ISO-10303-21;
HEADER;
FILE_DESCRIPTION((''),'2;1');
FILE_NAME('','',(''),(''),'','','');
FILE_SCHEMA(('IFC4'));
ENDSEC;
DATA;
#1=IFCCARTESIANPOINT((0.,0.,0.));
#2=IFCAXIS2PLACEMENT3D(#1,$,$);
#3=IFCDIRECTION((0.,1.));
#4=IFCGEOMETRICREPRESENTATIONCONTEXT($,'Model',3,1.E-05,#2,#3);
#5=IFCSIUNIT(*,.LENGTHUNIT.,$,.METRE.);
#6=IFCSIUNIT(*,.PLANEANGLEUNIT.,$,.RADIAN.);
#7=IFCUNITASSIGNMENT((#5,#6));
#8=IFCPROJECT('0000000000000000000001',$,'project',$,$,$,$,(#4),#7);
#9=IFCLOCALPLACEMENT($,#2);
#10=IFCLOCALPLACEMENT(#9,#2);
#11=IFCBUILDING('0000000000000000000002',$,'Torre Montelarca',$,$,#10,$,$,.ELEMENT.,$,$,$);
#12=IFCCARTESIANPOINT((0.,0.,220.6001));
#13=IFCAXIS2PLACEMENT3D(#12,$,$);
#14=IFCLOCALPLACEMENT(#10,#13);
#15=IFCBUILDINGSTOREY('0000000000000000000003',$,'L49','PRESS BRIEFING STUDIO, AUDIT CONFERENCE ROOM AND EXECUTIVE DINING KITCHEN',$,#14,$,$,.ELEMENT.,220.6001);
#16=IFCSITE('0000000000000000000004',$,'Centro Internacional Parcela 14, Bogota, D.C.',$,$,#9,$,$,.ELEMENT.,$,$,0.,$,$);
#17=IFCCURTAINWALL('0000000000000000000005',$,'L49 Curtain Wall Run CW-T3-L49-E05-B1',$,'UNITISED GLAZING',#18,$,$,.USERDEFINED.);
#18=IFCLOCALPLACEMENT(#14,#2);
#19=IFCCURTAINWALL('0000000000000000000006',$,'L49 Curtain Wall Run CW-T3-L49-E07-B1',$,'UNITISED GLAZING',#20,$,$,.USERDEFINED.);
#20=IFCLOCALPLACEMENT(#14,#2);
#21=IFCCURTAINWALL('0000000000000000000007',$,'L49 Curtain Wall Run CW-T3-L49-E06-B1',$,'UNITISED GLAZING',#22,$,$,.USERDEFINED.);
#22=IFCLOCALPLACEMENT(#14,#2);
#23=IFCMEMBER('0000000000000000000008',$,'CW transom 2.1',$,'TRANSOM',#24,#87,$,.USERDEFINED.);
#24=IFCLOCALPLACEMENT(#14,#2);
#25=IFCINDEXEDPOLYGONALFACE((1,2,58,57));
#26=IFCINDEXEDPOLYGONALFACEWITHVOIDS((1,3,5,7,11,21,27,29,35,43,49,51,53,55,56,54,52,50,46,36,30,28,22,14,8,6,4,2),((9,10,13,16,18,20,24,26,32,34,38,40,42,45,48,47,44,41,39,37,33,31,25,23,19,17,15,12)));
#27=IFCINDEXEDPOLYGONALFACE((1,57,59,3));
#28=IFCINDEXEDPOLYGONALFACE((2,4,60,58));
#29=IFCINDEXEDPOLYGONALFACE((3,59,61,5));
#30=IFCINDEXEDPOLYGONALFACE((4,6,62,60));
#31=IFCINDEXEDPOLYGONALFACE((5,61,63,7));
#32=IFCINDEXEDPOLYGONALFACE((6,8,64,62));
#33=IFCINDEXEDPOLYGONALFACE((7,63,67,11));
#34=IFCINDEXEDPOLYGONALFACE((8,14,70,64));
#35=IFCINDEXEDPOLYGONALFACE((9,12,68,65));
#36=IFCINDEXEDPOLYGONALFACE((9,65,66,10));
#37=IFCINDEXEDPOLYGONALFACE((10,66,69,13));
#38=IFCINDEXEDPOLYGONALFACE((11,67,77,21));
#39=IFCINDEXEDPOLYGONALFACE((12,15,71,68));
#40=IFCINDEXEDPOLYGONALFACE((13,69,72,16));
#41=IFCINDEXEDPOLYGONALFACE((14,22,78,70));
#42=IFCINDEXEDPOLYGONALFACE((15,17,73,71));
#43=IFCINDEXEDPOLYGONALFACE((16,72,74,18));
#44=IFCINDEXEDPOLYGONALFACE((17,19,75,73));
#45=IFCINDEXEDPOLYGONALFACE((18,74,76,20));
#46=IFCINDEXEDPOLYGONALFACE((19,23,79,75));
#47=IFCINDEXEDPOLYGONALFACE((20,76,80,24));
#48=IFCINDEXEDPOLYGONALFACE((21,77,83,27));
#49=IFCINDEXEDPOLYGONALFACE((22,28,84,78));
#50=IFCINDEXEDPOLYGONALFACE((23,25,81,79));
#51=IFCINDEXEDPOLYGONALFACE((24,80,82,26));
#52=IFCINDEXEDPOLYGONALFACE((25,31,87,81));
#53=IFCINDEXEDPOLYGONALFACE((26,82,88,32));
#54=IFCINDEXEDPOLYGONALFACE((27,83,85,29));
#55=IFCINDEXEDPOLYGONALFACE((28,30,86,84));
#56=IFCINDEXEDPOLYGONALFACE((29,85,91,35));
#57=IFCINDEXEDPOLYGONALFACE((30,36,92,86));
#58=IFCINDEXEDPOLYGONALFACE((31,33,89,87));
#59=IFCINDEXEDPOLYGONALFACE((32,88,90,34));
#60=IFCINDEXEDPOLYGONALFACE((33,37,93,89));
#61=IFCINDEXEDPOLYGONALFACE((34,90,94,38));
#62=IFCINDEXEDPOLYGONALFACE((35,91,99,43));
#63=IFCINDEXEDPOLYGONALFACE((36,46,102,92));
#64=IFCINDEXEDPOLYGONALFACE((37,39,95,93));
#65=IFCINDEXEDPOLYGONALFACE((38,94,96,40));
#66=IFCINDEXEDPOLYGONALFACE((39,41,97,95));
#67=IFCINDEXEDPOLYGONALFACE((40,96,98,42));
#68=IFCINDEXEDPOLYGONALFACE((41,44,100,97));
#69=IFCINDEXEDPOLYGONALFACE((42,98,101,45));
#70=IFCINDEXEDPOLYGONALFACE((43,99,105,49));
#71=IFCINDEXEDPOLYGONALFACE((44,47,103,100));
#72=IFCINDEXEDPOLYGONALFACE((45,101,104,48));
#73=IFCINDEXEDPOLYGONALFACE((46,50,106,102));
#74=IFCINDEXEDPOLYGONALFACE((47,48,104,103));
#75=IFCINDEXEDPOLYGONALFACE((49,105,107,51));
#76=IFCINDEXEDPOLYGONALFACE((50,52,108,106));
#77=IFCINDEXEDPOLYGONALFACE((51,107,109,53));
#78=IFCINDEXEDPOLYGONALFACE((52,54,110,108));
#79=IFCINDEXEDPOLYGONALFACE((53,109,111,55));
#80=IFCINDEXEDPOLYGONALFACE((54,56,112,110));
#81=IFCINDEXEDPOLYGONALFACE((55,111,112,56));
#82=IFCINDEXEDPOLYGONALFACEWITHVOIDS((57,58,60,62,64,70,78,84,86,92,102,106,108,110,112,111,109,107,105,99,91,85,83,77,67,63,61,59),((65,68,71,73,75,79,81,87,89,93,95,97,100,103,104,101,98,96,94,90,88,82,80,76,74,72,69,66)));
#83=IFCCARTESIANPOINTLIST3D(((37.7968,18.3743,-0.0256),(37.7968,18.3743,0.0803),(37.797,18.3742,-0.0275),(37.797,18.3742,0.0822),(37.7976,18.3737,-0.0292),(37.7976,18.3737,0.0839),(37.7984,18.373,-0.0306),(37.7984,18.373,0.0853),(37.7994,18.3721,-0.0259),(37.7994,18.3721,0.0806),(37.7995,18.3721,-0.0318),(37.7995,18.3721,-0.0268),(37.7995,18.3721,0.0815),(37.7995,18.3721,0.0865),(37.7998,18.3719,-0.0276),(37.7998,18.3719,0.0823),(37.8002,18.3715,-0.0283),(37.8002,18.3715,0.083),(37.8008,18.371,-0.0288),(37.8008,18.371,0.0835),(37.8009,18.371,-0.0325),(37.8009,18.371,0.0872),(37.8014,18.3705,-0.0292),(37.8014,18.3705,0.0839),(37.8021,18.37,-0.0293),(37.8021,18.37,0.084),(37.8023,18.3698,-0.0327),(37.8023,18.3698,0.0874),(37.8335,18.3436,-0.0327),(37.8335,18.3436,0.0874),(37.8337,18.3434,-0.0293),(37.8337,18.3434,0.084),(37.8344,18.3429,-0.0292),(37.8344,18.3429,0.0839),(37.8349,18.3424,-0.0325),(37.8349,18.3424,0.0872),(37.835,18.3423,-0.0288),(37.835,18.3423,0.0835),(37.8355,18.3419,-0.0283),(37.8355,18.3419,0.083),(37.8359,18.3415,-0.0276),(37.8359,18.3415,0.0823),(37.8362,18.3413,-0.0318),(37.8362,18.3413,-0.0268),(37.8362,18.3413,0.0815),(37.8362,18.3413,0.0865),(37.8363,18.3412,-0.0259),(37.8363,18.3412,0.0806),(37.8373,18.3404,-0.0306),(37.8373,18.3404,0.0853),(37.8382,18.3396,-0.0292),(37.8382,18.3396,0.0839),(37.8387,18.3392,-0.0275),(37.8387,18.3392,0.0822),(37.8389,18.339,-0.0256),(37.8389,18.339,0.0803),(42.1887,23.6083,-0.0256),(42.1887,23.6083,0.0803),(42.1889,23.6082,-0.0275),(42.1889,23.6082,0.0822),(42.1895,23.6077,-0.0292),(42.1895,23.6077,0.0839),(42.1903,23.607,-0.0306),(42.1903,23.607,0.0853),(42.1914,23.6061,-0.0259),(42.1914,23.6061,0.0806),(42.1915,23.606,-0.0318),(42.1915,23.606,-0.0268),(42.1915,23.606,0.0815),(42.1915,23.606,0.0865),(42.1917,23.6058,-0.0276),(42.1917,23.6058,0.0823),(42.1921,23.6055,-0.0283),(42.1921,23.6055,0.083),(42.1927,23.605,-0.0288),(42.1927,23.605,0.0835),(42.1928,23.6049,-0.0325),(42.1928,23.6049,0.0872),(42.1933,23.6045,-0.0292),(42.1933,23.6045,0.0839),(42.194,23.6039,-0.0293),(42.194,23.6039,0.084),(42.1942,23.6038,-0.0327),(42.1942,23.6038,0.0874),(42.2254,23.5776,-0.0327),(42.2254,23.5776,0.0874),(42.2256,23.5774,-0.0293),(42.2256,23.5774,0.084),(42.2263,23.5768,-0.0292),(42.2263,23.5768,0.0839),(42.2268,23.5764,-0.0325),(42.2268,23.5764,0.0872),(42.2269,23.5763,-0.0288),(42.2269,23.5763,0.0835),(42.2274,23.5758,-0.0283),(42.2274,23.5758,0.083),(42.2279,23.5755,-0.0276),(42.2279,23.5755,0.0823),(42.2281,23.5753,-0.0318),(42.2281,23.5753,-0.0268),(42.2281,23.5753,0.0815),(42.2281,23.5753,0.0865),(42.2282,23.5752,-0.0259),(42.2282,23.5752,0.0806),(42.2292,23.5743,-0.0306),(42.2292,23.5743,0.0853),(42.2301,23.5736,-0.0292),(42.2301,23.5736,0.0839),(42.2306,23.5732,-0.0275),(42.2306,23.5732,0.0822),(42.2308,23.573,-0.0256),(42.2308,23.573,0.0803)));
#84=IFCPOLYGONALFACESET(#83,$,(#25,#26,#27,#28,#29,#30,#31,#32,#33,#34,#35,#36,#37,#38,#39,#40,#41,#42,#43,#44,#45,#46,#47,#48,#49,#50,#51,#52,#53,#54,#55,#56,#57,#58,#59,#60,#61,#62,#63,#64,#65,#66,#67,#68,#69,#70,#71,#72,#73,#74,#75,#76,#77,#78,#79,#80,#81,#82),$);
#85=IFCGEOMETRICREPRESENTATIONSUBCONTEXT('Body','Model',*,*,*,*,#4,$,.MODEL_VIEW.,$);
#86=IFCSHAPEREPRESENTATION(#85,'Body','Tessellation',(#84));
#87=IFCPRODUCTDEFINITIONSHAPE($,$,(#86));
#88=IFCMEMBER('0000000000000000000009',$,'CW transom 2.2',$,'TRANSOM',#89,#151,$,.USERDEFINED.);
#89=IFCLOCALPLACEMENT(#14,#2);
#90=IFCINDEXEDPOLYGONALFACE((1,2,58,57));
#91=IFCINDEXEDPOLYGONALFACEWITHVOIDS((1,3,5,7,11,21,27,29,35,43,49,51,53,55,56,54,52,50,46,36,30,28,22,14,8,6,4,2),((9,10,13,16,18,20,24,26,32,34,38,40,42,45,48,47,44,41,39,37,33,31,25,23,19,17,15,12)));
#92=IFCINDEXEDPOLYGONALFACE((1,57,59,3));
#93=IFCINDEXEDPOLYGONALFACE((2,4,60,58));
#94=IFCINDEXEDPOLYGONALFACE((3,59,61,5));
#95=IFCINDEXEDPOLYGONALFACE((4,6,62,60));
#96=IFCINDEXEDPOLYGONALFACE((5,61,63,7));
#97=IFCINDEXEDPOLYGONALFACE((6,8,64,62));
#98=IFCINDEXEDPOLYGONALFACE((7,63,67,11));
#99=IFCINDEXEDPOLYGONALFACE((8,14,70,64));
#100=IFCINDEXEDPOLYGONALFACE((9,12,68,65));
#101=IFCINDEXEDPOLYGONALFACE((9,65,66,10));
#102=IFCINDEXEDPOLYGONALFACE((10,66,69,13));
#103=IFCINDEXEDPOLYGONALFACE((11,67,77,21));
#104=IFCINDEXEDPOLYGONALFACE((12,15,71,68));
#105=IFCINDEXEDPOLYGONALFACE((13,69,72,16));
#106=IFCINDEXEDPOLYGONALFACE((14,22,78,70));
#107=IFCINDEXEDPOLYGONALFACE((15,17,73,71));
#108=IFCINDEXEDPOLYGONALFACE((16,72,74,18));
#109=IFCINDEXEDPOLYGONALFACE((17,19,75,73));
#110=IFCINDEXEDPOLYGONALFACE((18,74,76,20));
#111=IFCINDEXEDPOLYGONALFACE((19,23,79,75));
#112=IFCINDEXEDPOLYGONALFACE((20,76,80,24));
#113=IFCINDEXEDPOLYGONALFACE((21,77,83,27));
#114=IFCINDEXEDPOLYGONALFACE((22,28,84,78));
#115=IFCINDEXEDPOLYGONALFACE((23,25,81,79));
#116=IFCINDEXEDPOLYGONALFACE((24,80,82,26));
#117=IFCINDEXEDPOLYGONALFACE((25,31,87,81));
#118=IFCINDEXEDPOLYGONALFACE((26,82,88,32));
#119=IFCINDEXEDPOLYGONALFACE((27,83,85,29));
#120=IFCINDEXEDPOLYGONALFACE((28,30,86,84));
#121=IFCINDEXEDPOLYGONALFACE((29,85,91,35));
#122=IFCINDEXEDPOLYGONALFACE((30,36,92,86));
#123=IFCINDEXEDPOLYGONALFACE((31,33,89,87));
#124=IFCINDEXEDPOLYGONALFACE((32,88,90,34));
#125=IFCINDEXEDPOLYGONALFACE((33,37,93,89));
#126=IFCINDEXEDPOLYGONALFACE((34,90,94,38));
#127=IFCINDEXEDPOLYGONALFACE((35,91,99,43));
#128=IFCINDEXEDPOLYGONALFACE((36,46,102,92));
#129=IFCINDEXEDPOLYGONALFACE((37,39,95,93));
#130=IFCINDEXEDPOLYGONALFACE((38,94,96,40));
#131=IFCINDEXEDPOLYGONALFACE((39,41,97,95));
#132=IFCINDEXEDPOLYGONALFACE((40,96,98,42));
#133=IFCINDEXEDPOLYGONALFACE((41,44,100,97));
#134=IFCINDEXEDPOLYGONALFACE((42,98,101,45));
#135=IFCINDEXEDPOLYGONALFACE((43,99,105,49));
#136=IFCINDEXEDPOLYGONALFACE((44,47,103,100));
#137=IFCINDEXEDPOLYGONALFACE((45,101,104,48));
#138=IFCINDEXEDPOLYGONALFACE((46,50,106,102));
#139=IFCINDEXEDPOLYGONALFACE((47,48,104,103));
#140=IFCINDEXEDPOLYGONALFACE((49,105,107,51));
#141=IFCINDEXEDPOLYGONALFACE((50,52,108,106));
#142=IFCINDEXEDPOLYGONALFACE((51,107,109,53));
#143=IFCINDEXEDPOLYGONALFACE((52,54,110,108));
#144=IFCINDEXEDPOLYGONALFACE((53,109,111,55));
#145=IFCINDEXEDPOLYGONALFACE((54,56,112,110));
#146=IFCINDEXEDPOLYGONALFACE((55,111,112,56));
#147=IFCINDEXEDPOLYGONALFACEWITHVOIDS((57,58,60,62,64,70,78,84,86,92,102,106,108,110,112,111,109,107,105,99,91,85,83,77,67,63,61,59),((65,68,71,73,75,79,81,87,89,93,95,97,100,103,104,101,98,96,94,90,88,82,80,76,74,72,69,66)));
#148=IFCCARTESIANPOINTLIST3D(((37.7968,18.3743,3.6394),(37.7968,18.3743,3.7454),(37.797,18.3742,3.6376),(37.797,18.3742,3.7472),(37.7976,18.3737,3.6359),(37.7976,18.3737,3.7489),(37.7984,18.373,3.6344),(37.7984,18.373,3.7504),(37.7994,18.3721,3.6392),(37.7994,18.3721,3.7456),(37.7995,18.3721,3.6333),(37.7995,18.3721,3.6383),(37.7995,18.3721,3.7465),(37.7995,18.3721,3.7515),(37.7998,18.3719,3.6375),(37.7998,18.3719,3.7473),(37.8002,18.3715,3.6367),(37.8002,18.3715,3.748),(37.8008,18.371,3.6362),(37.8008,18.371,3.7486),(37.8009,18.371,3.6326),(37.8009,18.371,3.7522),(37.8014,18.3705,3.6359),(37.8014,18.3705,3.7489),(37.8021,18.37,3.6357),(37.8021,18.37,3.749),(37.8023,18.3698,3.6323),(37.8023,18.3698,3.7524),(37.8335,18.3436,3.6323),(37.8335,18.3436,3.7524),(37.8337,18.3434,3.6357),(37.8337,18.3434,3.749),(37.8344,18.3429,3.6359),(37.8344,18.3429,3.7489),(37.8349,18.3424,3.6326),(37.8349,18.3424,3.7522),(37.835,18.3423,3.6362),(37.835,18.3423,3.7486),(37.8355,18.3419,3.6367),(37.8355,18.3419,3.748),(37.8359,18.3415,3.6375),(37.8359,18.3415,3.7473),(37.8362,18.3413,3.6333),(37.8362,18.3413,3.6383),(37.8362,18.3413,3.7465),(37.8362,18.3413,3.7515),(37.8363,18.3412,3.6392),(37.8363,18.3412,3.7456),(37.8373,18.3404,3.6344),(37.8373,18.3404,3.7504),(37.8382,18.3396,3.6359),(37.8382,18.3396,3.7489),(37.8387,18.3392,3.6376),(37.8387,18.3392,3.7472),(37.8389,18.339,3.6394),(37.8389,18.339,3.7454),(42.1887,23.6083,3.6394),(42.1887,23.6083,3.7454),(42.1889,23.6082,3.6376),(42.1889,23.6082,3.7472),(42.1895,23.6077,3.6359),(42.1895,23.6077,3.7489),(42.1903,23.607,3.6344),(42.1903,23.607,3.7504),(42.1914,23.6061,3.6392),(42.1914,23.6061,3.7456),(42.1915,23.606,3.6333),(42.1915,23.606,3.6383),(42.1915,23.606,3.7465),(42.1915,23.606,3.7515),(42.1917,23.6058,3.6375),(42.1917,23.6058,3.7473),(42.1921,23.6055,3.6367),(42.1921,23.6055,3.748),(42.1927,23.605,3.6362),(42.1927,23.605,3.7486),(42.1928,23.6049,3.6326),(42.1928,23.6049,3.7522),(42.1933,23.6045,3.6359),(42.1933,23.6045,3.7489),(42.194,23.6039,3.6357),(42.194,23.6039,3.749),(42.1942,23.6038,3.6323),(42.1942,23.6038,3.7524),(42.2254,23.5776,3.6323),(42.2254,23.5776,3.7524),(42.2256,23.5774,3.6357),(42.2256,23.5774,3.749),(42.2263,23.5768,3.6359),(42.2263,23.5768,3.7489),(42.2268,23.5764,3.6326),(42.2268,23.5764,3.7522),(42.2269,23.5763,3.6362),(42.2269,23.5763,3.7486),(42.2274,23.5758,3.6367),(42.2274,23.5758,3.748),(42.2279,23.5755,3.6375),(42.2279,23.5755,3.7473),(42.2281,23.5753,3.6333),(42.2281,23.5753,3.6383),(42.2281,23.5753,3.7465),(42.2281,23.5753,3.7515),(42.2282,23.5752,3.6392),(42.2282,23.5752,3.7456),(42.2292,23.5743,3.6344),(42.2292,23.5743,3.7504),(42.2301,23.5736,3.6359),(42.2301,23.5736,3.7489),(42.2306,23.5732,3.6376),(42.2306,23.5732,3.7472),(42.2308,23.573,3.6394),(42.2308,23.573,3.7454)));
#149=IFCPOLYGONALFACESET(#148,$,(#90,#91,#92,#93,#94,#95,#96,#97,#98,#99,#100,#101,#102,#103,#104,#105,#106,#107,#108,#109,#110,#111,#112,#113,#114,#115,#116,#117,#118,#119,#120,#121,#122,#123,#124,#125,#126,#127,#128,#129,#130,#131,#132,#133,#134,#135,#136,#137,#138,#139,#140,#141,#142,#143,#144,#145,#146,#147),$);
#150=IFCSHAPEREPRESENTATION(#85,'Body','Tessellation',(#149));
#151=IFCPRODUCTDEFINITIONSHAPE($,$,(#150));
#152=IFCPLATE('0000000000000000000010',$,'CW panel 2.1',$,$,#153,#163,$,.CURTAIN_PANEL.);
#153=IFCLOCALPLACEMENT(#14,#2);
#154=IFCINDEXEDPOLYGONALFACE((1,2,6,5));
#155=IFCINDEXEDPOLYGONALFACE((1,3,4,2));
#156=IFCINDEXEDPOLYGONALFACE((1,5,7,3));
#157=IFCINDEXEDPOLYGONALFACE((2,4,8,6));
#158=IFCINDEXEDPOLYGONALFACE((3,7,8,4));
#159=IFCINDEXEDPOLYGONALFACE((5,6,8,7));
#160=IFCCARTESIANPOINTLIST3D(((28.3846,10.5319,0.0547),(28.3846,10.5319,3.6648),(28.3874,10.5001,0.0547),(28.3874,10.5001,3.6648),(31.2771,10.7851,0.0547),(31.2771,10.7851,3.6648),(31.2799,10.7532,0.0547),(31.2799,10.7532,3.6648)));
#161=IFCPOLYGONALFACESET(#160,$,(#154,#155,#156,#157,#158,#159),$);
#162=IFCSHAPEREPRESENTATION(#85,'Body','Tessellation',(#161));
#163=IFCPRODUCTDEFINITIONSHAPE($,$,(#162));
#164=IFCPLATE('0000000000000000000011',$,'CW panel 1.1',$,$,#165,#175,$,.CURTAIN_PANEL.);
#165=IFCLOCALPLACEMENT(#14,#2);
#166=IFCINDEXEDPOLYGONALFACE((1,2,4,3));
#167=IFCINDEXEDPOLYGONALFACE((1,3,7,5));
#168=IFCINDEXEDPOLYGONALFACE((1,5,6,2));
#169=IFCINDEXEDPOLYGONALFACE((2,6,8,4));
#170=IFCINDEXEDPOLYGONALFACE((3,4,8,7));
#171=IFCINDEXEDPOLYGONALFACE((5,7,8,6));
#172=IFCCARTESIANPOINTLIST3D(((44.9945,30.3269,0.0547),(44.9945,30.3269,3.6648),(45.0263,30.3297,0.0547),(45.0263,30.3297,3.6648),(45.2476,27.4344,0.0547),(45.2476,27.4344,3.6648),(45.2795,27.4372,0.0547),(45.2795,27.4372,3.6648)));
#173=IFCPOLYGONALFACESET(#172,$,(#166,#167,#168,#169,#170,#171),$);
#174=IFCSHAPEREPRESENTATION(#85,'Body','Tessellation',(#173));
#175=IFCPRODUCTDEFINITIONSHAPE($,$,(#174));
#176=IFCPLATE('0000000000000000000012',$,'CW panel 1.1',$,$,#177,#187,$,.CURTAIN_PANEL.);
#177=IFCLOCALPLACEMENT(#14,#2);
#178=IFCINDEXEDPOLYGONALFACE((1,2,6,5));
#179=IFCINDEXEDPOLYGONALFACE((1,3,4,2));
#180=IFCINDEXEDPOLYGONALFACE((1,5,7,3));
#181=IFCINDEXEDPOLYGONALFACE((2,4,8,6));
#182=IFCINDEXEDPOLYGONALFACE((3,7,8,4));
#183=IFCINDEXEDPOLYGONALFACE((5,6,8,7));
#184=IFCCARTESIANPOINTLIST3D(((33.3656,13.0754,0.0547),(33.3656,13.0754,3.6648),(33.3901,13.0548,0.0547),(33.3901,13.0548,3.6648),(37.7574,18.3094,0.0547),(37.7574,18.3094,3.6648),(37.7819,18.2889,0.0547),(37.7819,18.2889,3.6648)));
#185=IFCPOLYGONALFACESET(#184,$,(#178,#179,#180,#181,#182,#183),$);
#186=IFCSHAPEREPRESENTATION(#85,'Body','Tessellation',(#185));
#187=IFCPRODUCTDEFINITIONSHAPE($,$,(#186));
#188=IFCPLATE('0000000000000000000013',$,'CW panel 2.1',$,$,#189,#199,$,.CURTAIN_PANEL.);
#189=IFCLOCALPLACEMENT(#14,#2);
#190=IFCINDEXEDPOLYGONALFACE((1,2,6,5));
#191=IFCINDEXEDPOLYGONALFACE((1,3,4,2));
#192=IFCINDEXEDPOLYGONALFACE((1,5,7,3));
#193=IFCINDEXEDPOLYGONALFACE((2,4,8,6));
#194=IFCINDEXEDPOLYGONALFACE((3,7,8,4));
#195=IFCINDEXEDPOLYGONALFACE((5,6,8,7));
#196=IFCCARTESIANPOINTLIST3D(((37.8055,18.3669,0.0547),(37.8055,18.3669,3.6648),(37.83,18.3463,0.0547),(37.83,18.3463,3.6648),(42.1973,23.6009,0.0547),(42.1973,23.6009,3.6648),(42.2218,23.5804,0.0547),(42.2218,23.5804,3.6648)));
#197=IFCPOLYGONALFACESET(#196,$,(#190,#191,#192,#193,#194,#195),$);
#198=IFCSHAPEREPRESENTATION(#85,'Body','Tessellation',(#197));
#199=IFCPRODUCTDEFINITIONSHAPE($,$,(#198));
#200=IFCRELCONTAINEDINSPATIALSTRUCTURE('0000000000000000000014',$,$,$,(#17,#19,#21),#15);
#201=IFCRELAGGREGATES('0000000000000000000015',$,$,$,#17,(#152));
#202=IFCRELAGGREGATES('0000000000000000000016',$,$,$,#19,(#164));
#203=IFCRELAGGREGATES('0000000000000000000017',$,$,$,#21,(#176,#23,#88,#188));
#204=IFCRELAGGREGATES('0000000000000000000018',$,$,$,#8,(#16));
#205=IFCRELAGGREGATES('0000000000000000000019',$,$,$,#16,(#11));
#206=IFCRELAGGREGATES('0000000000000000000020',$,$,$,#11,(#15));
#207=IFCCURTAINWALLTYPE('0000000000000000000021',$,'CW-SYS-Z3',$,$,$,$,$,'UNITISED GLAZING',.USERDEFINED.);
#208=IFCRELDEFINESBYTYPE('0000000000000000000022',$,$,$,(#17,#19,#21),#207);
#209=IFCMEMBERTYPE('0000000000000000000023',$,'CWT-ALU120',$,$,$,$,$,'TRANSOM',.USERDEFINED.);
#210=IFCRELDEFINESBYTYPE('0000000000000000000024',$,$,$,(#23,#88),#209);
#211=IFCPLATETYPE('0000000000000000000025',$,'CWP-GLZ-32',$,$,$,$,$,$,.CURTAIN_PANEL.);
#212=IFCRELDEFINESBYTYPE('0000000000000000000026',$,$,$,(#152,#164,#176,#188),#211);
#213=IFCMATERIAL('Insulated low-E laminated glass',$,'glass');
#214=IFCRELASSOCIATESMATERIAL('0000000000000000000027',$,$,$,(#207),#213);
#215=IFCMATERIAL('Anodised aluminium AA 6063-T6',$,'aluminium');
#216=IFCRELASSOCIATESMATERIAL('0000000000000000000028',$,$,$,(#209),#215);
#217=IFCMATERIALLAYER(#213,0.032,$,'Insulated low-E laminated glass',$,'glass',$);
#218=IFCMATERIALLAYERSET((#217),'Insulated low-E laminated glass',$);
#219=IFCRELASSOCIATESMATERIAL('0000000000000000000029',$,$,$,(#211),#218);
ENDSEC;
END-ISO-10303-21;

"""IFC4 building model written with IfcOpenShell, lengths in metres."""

from ifc_helpers import new_model, si_unit, direction, frame, origin, origin_2d, place, context, subcontext, project, spatial, rectangle, hollow_rectangle, extrude, source, transform, mapped, material, layer, layer_set, material_profile, profile_set, type_object, element, aggregate, save


model = new_model("IFC4")

# Units and contexts
model_context = context("Model", 3, precision=1e-05, world=origin(), true_north=direction((0.0, 1.0)))
body_context = subcontext(model_context, "Body", "Model", "MODEL_VIEW")
ifc_project = project(units=[si_unit("LENGTHUNIT", "METRE"), si_unit("PLANEANGLEUNIT", "RADIAN")], contexts=[model_context])

# Site, building, storey
site_placement = place(None, origin())
site = spatial("IfcSite", under=ifc_project, at=site_placement, Name="Centro Internacional Parcela 14, Bogota, D.C.", CompositionType="ELEMENT", RefElevation=0.0)
building_placement = place(site_placement, origin())
building = spatial("IfcBuilding", under=site, at=building_placement, Name="Torre Montelarca", CompositionType="ELEMENT")
storey_placement = place(building_placement, frame((0.0, 0.0, 220.6001)))
storey = spatial("IfcBuildingStorey", under=building, at=storey_placement, Name="L49", Description="PRESS BRIEFING STUDIO, AUDIT CONFERENCE ROOM AND EXECUTIVE DINING KITCHEN", CompositionType="ELEMENT", Elevation=220.6001)

# Curtain wall
ifc_material_1 = material(Name="Insulated low-E laminated glass", Category="glass")
curtain_wall_type = type_object("IfcCurtainWallType", Name="CW-SYS-Z3", ElementType="UNITISED GLAZING", PredefinedType="USERDEFINED", material=ifc_material_1)
curtain_wall_1_placement = place(storey_placement, origin())
curtain_wall_1 = element("IfcCurtainWall", 1, at=curtain_wall_1_placement, inside=storey, type_object=curtain_wall_type, Name="L49 Curtain Wall Run CW-T3-L49-E05-B1", ObjectType="UNITISED GLAZING", PredefinedType="USERDEFINED")
ifc_material_2 = material(Name="Anodised aluminium AA 6063-T6", Category="aluminium")
ifc_material_profile_1 = material_profile(ifc_material_2, hollow_rectangle(XDim=0.0549, YDim=0.1201, WallThickness=0.0034, InnerFilletRadius=0.0034, OuterFilletRadius=0.0071, at=origin_2d()), Name="ALU55X120X3.5", Category="aluminium")
ifc_profile_set_1 = profile_set([ifc_material_profile_1], Name="Anodised aluminium AA 6063-T6")
member_type_1 = type_object("IfcMemberType", Name="CWT-ALU120", ElementType="TRANSOM", PredefinedType="USERDEFINED", material=ifc_profile_set_1)

# Curtain wall
curtain_wall_2_placement = place(storey_placement, origin())
curtain_wall_2 = element("IfcCurtainWall", 2, at=curtain_wall_2_placement, inside=storey, type_object=curtain_wall_type, Name="L49 Curtain Wall Run CW-T3-L49-E07-B1", ObjectType="UNITISED GLAZING", PredefinedType="USERDEFINED")

# Curtain wall
curtain_wall_3_placement = place(storey_placement, origin())
curtain_wall_3 = element("IfcCurtainWall", 3, at=curtain_wall_3_placement, inside=storey, type_object=curtain_wall_type, Name="L49 Curtain Wall Run CW-T3-L49-E06-B1", ObjectType="UNITISED GLAZING", PredefinedType="USERDEFINED")

# Members
shared_shape_1 = source(origin(), body_context, "Body", "SweptSolid", [
    extrude(hollow_rectangle(XDim=0.0549, YDim=0.1201, WallThickness=0.0034, InnerFilletRadius=0.0034, OuterFilletRadius=0.0071, at=origin_2d()), origin(), (0.0, 0.0, 1.0), 6.8325),
])
member_1_placement = place(storey_placement, frame((37.8179, 18.3567, 0.0273), z_axis=(0.642796, 0.766038, 0.0), x_axis=(-0.766038, 0.642796, 0.0)))
member_1 = element("IfcMember", 4, at=member_1_placement, type_object=member_type_1, Name="CW transom 2.1", ObjectType="TRANSOM", PredefinedType="USERDEFINED", context=body_context, shape_type="MappedRepresentation", body=[
    mapped(shared_shape_1, transform((0.0, 0.0, 0.0), scale=1.0)),
])
member_2_placement = place(storey_placement, frame((37.8179, 18.3567, 3.6924), z_axis=(0.642796, 0.766038, 0.0), x_axis=(-0.766038, 0.642796, 0.0)))
member_2 = element("IfcMember", 5, at=member_2_placement, type_object=member_type_1, Name="CW transom 2.2", ObjectType="TRANSOM", PredefinedType="USERDEFINED", context=body_context, shape_type="MappedRepresentation", body=[
    mapped(shared_shape_1, transform((0.0, 0.0, 0.0), scale=1.0)),
])

# Plates
ifc_layer_1 = layer(ifc_material_1, 0.032, Name="Insulated low-E laminated glass", Category="glass")
ifc_layer_set_1 = layer_set([ifc_layer_1], Name="Insulated low-E laminated glass")
plate_type = type_object("IfcPlateType", Name="CWP-GLZ-32", PredefinedType="CURTAIN_PANEL", material=ifc_layer_set_1)
shared_shape_2 = source(origin(), body_context, "Body", "SweptSolid", [
    extrude(rectangle(XDim=2.9036, YDim=0.032, at=origin_2d()), origin(), (0.0, 0.0, 1.0), 3.6101),
])
plate_1_placement = place(storey_placement, frame((29.8323, 10.6426, 0.0547), z_axis=(0.0, 0.0, 1.0), x_axis=(0.996192, 0.087181, 0.0)))
plate_1 = element("IfcPlate", 6, at=plate_1_placement, type_object=plate_type, Name="CW panel 2.1", PredefinedType="CURTAIN_PANEL", context=body_context, shape_type="MappedRepresentation", body=[
    mapped(shared_shape_2, transform((0.0, 0.0, 0.0), scale=1.0)),
])
aggregate(curtain_wall_1, [plate_1])
plate_2_placement = place(storey_placement, frame((45.137, 28.8821, 0.0547), z_axis=(0.0, 0.0, 1.0), x_axis=(-0.087183, 0.996192, 0.0)))
plate_2 = element("IfcPlate", 7, at=plate_2_placement, type_object=plate_type, Name="CW panel 1.1", PredefinedType="CURTAIN_PANEL", context=body_context, shape_type="MappedRepresentation", body=[
    mapped(shared_shape_2, transform((0.0, 0.0, 0.0), scale=1.0)),
])
aggregate(curtain_wall_2, [plate_2])
shared_shape_3 = source(origin(), body_context, "Body", "SweptSolid", [
    extrude(rectangle(XDim=6.8325, YDim=0.032, at=origin_2d()), origin(), (0.0, 0.0, 1.0), 3.6101),
])
plate_3_placement = place(storey_placement, frame((35.5737, 15.6821, 0.0547), z_axis=(0.0, 0.0, 1.0), x_axis=(0.642785, 0.766046, 0.0)))
plate_3 = element("IfcPlate", 8, at=plate_3_placement, type_object=plate_type, Name="CW panel 1.1", PredefinedType="CURTAIN_PANEL", context=body_context, shape_type="MappedRepresentation", body=[
    mapped(shared_shape_3, transform((0.0, 0.0, 0.0), scale=1.0)),
])
plate_4_placement = place(storey_placement, frame((40.0137, 20.9736, 0.0547), z_axis=(0.0, 0.0, 1.0), x_axis=(0.642785, 0.766046, 0.0)))
plate_4 = element("IfcPlate", 9, at=plate_4_placement, type_object=plate_type, Name="CW panel 2.1", PredefinedType="CURTAIN_PANEL", context=body_context, shape_type="MappedRepresentation", body=[
    mapped(shared_shape_3, transform((0.0, 0.0, 0.0), scale=1.0)),
])
aggregate(curtain_wall_3, [plate_3, member_1, member_2, plate_4])

save(model, "model.ifc")
